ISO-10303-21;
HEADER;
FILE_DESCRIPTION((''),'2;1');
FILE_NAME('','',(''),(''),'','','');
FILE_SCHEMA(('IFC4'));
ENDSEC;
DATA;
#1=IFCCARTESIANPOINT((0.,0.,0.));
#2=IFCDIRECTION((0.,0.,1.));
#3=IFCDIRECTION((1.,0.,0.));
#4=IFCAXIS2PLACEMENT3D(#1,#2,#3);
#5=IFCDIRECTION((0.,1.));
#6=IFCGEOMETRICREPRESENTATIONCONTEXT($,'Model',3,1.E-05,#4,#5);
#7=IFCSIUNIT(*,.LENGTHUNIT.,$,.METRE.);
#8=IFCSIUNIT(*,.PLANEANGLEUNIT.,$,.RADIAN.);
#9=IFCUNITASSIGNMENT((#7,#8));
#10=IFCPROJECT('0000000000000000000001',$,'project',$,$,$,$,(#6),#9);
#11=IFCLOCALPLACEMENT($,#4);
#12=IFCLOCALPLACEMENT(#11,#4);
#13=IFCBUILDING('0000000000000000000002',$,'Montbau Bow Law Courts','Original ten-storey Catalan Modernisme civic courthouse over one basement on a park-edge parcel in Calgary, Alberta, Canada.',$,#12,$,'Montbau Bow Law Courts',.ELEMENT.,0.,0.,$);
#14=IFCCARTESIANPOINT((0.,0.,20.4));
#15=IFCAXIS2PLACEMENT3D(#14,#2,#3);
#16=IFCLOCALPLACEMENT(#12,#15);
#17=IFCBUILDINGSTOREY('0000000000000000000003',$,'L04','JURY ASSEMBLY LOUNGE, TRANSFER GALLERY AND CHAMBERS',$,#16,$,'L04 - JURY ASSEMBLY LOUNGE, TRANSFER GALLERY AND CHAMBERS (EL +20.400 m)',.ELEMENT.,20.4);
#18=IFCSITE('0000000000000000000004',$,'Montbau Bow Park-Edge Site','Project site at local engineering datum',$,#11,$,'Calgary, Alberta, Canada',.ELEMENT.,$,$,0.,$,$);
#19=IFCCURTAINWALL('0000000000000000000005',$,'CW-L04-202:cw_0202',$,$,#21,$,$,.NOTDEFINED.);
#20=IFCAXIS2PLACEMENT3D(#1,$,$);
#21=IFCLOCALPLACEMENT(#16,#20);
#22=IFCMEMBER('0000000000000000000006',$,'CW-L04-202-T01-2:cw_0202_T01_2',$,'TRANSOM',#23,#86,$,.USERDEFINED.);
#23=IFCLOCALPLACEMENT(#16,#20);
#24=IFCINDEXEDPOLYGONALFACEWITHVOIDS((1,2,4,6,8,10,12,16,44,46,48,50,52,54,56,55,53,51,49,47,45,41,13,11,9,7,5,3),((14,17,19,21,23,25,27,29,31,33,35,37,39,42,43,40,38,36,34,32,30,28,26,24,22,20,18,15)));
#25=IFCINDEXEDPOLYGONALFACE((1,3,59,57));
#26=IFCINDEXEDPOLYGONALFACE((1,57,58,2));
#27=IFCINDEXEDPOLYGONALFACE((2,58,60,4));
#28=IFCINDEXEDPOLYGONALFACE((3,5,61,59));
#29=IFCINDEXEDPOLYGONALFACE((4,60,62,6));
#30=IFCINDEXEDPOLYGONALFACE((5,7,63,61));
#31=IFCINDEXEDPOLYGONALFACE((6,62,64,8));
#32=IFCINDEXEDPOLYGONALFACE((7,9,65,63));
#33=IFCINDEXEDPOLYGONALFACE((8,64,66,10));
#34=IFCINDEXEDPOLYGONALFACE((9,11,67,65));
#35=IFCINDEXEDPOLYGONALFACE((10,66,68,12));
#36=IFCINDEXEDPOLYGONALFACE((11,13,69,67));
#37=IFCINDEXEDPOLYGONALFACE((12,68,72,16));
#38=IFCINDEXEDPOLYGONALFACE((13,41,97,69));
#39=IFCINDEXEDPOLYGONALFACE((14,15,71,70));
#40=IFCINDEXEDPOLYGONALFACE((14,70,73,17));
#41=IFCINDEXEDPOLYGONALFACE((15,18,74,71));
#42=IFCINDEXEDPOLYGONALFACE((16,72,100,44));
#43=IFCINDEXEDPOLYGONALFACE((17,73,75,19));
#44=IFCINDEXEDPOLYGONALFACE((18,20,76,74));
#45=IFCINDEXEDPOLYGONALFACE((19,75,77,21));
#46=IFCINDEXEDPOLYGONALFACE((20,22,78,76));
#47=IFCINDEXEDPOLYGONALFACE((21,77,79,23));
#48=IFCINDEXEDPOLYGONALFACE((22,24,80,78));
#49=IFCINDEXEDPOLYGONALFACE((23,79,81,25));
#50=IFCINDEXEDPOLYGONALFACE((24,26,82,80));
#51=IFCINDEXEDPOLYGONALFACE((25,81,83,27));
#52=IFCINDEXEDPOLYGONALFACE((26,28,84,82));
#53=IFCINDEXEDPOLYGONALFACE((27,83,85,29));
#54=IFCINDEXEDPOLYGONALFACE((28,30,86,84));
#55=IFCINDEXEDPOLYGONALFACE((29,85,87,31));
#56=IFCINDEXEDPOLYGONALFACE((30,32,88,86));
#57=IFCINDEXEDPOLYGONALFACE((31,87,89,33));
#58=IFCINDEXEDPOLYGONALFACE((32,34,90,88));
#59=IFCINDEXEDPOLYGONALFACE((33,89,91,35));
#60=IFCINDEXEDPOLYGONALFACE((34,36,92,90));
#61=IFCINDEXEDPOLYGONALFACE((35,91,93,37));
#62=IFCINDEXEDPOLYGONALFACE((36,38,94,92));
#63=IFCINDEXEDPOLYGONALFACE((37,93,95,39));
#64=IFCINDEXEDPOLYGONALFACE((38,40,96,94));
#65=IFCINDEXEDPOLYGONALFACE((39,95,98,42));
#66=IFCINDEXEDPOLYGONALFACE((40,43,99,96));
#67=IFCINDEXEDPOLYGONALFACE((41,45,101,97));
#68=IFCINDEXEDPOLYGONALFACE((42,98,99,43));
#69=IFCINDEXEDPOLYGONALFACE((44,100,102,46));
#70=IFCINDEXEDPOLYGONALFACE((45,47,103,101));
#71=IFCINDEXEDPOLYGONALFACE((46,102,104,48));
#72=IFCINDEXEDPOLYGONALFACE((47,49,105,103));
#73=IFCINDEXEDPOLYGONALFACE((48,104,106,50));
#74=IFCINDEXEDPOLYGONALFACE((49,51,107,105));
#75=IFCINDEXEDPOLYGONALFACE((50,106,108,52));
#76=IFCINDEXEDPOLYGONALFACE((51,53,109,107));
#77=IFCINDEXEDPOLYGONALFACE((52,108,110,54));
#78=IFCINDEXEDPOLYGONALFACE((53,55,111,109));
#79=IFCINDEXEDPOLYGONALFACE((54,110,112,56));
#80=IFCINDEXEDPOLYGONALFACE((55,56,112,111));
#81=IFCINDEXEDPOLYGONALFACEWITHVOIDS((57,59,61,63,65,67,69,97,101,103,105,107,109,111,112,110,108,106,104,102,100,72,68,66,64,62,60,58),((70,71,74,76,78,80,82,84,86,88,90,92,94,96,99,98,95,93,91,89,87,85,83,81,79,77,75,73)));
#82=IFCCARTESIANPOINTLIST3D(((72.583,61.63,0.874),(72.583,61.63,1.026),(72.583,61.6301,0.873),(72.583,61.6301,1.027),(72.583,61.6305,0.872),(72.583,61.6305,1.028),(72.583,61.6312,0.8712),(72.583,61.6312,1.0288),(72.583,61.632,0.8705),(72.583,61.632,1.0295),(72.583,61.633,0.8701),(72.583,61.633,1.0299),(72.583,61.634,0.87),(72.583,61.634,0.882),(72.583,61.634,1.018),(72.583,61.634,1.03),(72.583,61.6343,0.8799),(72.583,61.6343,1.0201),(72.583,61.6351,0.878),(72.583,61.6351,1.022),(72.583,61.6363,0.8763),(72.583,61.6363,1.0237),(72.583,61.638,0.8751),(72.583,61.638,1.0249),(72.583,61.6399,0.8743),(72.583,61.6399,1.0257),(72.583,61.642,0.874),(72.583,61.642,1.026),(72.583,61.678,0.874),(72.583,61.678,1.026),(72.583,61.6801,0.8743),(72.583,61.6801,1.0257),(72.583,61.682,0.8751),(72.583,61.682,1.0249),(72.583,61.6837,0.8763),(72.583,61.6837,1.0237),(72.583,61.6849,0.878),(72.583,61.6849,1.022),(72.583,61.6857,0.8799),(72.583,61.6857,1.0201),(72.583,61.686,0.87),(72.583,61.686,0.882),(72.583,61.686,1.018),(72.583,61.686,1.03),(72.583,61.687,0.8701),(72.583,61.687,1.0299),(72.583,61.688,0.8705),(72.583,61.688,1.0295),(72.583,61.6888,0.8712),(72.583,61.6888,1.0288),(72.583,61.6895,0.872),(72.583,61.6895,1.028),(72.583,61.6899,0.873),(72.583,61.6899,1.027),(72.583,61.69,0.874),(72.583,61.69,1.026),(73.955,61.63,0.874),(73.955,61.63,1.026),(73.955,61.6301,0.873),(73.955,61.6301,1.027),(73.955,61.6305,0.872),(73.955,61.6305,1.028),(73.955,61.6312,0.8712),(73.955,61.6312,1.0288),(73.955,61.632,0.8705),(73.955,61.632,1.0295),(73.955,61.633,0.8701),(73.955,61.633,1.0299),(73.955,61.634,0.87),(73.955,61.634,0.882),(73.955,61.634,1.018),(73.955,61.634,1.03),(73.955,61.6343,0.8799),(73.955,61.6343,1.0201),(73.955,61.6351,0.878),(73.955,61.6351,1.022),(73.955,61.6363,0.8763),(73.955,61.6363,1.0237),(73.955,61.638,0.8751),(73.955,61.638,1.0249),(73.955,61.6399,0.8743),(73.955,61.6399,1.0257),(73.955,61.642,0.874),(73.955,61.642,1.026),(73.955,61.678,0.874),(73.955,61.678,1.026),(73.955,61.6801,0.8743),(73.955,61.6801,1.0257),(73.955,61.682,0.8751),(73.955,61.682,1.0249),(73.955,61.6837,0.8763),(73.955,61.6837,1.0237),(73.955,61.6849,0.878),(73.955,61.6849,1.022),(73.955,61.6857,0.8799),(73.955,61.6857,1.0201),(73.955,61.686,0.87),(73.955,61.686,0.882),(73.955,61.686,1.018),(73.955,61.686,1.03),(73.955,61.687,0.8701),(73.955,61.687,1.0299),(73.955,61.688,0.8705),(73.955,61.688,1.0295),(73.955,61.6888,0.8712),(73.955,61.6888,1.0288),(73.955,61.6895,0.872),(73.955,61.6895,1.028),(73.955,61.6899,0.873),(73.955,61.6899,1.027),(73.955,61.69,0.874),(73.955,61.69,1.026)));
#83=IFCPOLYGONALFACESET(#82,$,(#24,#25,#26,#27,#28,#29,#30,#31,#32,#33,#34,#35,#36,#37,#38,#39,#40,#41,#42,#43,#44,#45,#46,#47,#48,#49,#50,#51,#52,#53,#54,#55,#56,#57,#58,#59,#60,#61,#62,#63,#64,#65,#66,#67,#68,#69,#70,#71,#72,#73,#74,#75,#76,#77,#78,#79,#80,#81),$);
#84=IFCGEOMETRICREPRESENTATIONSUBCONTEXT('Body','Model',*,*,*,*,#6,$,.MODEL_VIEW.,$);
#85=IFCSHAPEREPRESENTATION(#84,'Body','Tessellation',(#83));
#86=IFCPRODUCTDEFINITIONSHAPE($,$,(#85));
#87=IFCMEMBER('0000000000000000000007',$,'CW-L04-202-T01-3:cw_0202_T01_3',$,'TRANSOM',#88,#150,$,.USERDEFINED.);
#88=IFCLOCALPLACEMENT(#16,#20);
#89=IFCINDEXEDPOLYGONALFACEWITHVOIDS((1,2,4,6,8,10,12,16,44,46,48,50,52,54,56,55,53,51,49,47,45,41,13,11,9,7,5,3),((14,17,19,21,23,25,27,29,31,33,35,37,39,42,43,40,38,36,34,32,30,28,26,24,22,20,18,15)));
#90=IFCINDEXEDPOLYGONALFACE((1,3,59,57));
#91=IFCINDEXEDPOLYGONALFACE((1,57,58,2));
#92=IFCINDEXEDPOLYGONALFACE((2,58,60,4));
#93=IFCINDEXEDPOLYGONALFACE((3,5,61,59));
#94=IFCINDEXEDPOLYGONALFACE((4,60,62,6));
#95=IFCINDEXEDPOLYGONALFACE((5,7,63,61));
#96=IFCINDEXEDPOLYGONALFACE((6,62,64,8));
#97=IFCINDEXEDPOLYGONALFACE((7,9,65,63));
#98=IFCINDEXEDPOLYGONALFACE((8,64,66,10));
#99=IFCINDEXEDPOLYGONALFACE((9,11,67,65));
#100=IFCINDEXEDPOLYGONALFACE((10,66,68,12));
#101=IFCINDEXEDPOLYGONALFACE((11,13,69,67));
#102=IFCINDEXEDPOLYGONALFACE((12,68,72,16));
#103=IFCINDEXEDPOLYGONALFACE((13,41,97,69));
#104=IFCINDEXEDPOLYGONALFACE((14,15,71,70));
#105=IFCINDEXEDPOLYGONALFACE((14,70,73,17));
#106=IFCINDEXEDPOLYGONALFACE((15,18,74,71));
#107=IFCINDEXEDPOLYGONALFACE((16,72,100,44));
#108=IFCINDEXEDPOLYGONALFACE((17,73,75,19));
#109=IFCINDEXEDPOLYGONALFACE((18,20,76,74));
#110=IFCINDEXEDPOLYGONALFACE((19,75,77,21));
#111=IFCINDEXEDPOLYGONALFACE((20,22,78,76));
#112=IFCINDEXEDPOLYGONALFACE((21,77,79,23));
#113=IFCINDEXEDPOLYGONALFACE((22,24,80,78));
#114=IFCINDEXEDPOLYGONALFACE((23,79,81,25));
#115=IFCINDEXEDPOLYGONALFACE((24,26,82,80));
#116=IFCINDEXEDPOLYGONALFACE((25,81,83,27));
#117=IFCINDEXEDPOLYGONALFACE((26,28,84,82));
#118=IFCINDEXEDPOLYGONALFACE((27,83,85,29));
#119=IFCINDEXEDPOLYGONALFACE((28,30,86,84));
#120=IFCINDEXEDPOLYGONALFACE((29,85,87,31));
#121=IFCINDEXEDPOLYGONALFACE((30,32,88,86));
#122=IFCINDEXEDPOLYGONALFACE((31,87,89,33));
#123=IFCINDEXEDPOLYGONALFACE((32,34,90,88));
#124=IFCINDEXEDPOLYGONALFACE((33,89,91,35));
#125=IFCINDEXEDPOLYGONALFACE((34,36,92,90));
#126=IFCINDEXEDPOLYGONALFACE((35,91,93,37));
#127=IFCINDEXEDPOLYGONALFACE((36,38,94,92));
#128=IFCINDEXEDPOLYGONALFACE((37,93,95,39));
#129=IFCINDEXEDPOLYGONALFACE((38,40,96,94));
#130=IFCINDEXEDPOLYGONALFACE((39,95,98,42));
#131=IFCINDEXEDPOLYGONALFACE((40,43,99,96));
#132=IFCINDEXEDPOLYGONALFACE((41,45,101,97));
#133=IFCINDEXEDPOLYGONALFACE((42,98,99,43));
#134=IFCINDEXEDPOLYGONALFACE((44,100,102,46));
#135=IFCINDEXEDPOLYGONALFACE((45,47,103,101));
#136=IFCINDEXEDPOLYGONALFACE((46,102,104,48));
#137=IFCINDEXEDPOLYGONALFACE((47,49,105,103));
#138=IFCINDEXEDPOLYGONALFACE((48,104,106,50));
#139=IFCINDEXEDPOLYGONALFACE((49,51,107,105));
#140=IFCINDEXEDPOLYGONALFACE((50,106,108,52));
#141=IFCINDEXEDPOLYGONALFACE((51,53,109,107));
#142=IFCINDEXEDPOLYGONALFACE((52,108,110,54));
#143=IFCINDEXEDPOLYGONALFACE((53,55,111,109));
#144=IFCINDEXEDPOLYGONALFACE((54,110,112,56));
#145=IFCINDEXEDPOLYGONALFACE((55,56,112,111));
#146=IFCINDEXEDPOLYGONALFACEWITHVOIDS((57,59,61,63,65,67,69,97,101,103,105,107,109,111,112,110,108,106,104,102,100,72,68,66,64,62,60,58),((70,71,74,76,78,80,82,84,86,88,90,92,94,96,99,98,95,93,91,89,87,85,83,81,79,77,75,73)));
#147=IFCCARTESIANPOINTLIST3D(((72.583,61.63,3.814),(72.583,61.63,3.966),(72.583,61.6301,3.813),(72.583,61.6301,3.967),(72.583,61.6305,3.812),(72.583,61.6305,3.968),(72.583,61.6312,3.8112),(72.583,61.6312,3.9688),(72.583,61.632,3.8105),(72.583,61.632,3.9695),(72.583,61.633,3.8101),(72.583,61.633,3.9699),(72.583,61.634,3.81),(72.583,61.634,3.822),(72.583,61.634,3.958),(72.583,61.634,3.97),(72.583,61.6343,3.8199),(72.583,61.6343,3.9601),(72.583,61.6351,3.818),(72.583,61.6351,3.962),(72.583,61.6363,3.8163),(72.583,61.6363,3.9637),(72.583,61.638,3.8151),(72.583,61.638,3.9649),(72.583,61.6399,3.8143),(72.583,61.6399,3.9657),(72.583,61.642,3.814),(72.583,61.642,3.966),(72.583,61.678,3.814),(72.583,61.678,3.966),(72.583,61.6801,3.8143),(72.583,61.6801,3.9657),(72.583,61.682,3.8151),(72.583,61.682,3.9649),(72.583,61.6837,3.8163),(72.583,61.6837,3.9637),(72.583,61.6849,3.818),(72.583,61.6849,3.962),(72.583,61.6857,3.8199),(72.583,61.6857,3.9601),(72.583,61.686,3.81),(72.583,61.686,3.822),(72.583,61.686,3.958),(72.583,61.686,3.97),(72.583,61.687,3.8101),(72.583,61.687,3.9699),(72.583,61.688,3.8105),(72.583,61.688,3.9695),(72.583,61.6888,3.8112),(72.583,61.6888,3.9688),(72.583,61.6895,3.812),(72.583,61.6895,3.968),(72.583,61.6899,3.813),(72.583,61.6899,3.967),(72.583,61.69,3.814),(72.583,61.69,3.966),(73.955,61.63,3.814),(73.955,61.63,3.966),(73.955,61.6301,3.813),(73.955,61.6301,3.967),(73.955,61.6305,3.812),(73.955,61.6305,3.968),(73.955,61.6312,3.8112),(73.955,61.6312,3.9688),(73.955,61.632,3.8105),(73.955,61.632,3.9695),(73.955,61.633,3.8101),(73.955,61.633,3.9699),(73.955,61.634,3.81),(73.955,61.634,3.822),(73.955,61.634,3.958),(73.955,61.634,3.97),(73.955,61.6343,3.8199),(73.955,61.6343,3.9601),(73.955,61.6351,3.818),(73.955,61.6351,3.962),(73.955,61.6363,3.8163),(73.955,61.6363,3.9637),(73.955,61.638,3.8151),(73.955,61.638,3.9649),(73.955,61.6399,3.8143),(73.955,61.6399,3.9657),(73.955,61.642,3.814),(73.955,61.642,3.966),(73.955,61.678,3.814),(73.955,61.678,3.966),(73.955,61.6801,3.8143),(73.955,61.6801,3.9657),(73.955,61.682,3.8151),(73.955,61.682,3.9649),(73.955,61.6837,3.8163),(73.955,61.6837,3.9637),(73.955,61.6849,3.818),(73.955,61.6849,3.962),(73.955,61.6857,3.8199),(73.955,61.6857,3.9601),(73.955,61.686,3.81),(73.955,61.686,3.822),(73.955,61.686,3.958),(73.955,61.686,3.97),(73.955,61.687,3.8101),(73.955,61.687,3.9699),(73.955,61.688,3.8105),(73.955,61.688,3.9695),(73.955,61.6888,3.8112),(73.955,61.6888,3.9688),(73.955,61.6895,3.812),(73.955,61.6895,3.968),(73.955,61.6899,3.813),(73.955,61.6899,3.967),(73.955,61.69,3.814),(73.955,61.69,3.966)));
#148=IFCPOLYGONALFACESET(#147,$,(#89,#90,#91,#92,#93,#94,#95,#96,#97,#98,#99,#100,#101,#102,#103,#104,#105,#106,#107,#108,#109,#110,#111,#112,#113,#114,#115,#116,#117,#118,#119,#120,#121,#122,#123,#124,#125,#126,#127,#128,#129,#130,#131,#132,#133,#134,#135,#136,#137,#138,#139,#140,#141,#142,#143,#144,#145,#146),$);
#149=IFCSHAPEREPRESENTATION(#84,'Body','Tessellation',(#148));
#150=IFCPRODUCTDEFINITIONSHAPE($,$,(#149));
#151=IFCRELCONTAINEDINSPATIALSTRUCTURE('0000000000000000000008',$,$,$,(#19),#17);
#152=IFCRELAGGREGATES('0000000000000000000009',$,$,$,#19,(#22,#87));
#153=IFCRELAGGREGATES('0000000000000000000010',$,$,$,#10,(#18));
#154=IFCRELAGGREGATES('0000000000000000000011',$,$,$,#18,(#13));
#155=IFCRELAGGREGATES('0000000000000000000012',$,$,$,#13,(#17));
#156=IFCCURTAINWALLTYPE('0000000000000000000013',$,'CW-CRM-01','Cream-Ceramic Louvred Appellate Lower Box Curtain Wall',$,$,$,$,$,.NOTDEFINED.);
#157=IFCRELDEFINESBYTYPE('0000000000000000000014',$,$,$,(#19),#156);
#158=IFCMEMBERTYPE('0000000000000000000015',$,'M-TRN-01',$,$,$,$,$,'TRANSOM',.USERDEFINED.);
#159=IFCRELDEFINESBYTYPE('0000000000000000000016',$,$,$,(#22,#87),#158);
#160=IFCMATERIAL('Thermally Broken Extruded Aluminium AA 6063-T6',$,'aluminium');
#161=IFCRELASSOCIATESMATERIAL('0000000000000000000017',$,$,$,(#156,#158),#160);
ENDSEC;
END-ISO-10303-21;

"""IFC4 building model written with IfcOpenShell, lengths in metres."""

from ifc_helpers import new_model, si_unit, direction, frame, origin_with_axes, origin_2d_with_axis, place, context, subcontext, project, spatial, hollow_rectangle, extrude, material, material_profile, profile_set, type_object, element, aggregate, save


model = new_model("IFC4")

# Units and contexts
model_context = context("Model", 3, precision=1e-05, world=origin_with_axes(), true_north=direction((0.0, 1.0)))
body_context = subcontext(model_context, "Body", "Model", "MODEL_VIEW")
ifc_project = project(units=[si_unit("LENGTHUNIT", "METRE"), si_unit("PLANEANGLEUNIT", "RADIAN")], contexts=[model_context])

# Site, building, storey
site_placement = place(None, origin_with_axes())
site = spatial("IfcSite", under=ifc_project, at=site_placement, Name="Montbau Bow Park-Edge Site", Description="Project site at local engineering datum", LongName="Calgary, Alberta, Canada", CompositionType="ELEMENT", RefElevation=0.0)
building_placement = place(site_placement, origin_with_axes())
building = spatial("IfcBuilding", under=site, at=building_placement, Name="Montbau Bow Law Courts", Description="Original ten-storey Catalan Modernisme civic courthouse over one basement on a park-edge parcel in Calgary, Alberta, Canada.", LongName="Montbau Bow Law Courts", CompositionType="ELEMENT", ElevationOfRefHeight=0.0, ElevationOfTerrain=0.0)
storey_placement = place(building_placement, frame((0.0, 0.0, 20.4), z_axis=(0.0, 0.0, 1.0), x_axis=(1.0, 0.0, 0.0)))
storey = spatial("IfcBuildingStorey", under=building, at=storey_placement, Name="L04", Description="JURY ASSEMBLY LOUNGE, TRANSFER GALLERY AND CHAMBERS", LongName="L04 - JURY ASSEMBLY LOUNGE, TRANSFER GALLERY AND CHAMBERS (EL +20.400 m)", CompositionType="ELEMENT", Elevation=20.4)

# Curtain wall, members
ifc_material_1 = material(Name="Thermally Broken Extruded Aluminium AA 6063-T6", Category="aluminium")
curtain_wall_type = type_object("IfcCurtainWallType", Name="CW-CRM-01", Description="Cream-Ceramic Louvred Appellate Lower Box Curtain Wall", PredefinedType="NOTDEFINED", material=ifc_material_1)
curtain_wall_1_placement = place(None, frame((72.515, 61.66, 20.4), z_axis=(0.0, 0.0, 1.0), x_axis=(1.0, 0.0, 0.0)))
curtain_wall_1 = element("IfcCurtainWall", 1, at=curtain_wall_1_placement, inside=storey, type_object=curtain_wall_type, Name="CW-L04-202:cw_0202", PredefinedType="NOTDEFINED")
ifc_material_profile_1 = material_profile(ifc_material_1, hollow_rectangle(XDim=0.06, YDim=0.16, WallThickness=0.004, InnerFilletRadius=0.008, OuterFilletRadius=0.004, at=origin_2d_with_axis()), Name="CWT-160X60", Category="Main", Priority=0)
ifc_profile_set_1 = profile_set([ifc_material_profile_1], Name="Thermally Broken Extruded Aluminium AA 6063-T6")
member_type_1 = type_object("IfcMemberType", Name="M-TRN-01", ElementType="TRANSOM", PredefinedType="USERDEFINED", material=ifc_profile_set_1)
member_1_placement = place(None, frame((72.583, 61.66, 21.35), z_axis=(1.0, 0.0, 0.0), x_axis=(0.0, 1.0, 0.0)))
member_1 = element("IfcMember", 2, at=member_1_placement, type_object=member_type_1, Name="CW-L04-202-T01-2:cw_0202_T01_2", ObjectType="TRANSOM", PredefinedType="USERDEFINED", context=body_context, shape_type="SweptSolid", body=[
    extrude(hollow_rectangle(XDim=0.06, YDim=0.16, WallThickness=0.004, InnerFilletRadius=0.008, OuterFilletRadius=0.004, at=origin_2d_with_axis()), origin_with_axes(), (0.0, 0.0, 1.0), 1.372),
])
member_2_placement = place(None, frame((72.583, 61.66, 24.29), z_axis=(1.0, 0.0, 0.0), x_axis=(0.0, 1.0, 0.0)))
member_2 = element("IfcMember", 3, at=member_2_placement, type_object=member_type_1, Name="CW-L04-202-T01-3:cw_0202_T01_3", ObjectType="TRANSOM", PredefinedType="USERDEFINED", context=body_context, shape_type="SweptSolid", body=[
    extrude(hollow_rectangle(XDim=0.06, YDim=0.16, WallThickness=0.004, InnerFilletRadius=0.008, OuterFilletRadius=0.004, at=origin_2d_with_axis()), origin_with_axes(), (0.0, 0.0, 1.0), 1.372),
])

aggregate(curtain_wall_1, [member_1, member_2])

save(model, "model.ifc")
